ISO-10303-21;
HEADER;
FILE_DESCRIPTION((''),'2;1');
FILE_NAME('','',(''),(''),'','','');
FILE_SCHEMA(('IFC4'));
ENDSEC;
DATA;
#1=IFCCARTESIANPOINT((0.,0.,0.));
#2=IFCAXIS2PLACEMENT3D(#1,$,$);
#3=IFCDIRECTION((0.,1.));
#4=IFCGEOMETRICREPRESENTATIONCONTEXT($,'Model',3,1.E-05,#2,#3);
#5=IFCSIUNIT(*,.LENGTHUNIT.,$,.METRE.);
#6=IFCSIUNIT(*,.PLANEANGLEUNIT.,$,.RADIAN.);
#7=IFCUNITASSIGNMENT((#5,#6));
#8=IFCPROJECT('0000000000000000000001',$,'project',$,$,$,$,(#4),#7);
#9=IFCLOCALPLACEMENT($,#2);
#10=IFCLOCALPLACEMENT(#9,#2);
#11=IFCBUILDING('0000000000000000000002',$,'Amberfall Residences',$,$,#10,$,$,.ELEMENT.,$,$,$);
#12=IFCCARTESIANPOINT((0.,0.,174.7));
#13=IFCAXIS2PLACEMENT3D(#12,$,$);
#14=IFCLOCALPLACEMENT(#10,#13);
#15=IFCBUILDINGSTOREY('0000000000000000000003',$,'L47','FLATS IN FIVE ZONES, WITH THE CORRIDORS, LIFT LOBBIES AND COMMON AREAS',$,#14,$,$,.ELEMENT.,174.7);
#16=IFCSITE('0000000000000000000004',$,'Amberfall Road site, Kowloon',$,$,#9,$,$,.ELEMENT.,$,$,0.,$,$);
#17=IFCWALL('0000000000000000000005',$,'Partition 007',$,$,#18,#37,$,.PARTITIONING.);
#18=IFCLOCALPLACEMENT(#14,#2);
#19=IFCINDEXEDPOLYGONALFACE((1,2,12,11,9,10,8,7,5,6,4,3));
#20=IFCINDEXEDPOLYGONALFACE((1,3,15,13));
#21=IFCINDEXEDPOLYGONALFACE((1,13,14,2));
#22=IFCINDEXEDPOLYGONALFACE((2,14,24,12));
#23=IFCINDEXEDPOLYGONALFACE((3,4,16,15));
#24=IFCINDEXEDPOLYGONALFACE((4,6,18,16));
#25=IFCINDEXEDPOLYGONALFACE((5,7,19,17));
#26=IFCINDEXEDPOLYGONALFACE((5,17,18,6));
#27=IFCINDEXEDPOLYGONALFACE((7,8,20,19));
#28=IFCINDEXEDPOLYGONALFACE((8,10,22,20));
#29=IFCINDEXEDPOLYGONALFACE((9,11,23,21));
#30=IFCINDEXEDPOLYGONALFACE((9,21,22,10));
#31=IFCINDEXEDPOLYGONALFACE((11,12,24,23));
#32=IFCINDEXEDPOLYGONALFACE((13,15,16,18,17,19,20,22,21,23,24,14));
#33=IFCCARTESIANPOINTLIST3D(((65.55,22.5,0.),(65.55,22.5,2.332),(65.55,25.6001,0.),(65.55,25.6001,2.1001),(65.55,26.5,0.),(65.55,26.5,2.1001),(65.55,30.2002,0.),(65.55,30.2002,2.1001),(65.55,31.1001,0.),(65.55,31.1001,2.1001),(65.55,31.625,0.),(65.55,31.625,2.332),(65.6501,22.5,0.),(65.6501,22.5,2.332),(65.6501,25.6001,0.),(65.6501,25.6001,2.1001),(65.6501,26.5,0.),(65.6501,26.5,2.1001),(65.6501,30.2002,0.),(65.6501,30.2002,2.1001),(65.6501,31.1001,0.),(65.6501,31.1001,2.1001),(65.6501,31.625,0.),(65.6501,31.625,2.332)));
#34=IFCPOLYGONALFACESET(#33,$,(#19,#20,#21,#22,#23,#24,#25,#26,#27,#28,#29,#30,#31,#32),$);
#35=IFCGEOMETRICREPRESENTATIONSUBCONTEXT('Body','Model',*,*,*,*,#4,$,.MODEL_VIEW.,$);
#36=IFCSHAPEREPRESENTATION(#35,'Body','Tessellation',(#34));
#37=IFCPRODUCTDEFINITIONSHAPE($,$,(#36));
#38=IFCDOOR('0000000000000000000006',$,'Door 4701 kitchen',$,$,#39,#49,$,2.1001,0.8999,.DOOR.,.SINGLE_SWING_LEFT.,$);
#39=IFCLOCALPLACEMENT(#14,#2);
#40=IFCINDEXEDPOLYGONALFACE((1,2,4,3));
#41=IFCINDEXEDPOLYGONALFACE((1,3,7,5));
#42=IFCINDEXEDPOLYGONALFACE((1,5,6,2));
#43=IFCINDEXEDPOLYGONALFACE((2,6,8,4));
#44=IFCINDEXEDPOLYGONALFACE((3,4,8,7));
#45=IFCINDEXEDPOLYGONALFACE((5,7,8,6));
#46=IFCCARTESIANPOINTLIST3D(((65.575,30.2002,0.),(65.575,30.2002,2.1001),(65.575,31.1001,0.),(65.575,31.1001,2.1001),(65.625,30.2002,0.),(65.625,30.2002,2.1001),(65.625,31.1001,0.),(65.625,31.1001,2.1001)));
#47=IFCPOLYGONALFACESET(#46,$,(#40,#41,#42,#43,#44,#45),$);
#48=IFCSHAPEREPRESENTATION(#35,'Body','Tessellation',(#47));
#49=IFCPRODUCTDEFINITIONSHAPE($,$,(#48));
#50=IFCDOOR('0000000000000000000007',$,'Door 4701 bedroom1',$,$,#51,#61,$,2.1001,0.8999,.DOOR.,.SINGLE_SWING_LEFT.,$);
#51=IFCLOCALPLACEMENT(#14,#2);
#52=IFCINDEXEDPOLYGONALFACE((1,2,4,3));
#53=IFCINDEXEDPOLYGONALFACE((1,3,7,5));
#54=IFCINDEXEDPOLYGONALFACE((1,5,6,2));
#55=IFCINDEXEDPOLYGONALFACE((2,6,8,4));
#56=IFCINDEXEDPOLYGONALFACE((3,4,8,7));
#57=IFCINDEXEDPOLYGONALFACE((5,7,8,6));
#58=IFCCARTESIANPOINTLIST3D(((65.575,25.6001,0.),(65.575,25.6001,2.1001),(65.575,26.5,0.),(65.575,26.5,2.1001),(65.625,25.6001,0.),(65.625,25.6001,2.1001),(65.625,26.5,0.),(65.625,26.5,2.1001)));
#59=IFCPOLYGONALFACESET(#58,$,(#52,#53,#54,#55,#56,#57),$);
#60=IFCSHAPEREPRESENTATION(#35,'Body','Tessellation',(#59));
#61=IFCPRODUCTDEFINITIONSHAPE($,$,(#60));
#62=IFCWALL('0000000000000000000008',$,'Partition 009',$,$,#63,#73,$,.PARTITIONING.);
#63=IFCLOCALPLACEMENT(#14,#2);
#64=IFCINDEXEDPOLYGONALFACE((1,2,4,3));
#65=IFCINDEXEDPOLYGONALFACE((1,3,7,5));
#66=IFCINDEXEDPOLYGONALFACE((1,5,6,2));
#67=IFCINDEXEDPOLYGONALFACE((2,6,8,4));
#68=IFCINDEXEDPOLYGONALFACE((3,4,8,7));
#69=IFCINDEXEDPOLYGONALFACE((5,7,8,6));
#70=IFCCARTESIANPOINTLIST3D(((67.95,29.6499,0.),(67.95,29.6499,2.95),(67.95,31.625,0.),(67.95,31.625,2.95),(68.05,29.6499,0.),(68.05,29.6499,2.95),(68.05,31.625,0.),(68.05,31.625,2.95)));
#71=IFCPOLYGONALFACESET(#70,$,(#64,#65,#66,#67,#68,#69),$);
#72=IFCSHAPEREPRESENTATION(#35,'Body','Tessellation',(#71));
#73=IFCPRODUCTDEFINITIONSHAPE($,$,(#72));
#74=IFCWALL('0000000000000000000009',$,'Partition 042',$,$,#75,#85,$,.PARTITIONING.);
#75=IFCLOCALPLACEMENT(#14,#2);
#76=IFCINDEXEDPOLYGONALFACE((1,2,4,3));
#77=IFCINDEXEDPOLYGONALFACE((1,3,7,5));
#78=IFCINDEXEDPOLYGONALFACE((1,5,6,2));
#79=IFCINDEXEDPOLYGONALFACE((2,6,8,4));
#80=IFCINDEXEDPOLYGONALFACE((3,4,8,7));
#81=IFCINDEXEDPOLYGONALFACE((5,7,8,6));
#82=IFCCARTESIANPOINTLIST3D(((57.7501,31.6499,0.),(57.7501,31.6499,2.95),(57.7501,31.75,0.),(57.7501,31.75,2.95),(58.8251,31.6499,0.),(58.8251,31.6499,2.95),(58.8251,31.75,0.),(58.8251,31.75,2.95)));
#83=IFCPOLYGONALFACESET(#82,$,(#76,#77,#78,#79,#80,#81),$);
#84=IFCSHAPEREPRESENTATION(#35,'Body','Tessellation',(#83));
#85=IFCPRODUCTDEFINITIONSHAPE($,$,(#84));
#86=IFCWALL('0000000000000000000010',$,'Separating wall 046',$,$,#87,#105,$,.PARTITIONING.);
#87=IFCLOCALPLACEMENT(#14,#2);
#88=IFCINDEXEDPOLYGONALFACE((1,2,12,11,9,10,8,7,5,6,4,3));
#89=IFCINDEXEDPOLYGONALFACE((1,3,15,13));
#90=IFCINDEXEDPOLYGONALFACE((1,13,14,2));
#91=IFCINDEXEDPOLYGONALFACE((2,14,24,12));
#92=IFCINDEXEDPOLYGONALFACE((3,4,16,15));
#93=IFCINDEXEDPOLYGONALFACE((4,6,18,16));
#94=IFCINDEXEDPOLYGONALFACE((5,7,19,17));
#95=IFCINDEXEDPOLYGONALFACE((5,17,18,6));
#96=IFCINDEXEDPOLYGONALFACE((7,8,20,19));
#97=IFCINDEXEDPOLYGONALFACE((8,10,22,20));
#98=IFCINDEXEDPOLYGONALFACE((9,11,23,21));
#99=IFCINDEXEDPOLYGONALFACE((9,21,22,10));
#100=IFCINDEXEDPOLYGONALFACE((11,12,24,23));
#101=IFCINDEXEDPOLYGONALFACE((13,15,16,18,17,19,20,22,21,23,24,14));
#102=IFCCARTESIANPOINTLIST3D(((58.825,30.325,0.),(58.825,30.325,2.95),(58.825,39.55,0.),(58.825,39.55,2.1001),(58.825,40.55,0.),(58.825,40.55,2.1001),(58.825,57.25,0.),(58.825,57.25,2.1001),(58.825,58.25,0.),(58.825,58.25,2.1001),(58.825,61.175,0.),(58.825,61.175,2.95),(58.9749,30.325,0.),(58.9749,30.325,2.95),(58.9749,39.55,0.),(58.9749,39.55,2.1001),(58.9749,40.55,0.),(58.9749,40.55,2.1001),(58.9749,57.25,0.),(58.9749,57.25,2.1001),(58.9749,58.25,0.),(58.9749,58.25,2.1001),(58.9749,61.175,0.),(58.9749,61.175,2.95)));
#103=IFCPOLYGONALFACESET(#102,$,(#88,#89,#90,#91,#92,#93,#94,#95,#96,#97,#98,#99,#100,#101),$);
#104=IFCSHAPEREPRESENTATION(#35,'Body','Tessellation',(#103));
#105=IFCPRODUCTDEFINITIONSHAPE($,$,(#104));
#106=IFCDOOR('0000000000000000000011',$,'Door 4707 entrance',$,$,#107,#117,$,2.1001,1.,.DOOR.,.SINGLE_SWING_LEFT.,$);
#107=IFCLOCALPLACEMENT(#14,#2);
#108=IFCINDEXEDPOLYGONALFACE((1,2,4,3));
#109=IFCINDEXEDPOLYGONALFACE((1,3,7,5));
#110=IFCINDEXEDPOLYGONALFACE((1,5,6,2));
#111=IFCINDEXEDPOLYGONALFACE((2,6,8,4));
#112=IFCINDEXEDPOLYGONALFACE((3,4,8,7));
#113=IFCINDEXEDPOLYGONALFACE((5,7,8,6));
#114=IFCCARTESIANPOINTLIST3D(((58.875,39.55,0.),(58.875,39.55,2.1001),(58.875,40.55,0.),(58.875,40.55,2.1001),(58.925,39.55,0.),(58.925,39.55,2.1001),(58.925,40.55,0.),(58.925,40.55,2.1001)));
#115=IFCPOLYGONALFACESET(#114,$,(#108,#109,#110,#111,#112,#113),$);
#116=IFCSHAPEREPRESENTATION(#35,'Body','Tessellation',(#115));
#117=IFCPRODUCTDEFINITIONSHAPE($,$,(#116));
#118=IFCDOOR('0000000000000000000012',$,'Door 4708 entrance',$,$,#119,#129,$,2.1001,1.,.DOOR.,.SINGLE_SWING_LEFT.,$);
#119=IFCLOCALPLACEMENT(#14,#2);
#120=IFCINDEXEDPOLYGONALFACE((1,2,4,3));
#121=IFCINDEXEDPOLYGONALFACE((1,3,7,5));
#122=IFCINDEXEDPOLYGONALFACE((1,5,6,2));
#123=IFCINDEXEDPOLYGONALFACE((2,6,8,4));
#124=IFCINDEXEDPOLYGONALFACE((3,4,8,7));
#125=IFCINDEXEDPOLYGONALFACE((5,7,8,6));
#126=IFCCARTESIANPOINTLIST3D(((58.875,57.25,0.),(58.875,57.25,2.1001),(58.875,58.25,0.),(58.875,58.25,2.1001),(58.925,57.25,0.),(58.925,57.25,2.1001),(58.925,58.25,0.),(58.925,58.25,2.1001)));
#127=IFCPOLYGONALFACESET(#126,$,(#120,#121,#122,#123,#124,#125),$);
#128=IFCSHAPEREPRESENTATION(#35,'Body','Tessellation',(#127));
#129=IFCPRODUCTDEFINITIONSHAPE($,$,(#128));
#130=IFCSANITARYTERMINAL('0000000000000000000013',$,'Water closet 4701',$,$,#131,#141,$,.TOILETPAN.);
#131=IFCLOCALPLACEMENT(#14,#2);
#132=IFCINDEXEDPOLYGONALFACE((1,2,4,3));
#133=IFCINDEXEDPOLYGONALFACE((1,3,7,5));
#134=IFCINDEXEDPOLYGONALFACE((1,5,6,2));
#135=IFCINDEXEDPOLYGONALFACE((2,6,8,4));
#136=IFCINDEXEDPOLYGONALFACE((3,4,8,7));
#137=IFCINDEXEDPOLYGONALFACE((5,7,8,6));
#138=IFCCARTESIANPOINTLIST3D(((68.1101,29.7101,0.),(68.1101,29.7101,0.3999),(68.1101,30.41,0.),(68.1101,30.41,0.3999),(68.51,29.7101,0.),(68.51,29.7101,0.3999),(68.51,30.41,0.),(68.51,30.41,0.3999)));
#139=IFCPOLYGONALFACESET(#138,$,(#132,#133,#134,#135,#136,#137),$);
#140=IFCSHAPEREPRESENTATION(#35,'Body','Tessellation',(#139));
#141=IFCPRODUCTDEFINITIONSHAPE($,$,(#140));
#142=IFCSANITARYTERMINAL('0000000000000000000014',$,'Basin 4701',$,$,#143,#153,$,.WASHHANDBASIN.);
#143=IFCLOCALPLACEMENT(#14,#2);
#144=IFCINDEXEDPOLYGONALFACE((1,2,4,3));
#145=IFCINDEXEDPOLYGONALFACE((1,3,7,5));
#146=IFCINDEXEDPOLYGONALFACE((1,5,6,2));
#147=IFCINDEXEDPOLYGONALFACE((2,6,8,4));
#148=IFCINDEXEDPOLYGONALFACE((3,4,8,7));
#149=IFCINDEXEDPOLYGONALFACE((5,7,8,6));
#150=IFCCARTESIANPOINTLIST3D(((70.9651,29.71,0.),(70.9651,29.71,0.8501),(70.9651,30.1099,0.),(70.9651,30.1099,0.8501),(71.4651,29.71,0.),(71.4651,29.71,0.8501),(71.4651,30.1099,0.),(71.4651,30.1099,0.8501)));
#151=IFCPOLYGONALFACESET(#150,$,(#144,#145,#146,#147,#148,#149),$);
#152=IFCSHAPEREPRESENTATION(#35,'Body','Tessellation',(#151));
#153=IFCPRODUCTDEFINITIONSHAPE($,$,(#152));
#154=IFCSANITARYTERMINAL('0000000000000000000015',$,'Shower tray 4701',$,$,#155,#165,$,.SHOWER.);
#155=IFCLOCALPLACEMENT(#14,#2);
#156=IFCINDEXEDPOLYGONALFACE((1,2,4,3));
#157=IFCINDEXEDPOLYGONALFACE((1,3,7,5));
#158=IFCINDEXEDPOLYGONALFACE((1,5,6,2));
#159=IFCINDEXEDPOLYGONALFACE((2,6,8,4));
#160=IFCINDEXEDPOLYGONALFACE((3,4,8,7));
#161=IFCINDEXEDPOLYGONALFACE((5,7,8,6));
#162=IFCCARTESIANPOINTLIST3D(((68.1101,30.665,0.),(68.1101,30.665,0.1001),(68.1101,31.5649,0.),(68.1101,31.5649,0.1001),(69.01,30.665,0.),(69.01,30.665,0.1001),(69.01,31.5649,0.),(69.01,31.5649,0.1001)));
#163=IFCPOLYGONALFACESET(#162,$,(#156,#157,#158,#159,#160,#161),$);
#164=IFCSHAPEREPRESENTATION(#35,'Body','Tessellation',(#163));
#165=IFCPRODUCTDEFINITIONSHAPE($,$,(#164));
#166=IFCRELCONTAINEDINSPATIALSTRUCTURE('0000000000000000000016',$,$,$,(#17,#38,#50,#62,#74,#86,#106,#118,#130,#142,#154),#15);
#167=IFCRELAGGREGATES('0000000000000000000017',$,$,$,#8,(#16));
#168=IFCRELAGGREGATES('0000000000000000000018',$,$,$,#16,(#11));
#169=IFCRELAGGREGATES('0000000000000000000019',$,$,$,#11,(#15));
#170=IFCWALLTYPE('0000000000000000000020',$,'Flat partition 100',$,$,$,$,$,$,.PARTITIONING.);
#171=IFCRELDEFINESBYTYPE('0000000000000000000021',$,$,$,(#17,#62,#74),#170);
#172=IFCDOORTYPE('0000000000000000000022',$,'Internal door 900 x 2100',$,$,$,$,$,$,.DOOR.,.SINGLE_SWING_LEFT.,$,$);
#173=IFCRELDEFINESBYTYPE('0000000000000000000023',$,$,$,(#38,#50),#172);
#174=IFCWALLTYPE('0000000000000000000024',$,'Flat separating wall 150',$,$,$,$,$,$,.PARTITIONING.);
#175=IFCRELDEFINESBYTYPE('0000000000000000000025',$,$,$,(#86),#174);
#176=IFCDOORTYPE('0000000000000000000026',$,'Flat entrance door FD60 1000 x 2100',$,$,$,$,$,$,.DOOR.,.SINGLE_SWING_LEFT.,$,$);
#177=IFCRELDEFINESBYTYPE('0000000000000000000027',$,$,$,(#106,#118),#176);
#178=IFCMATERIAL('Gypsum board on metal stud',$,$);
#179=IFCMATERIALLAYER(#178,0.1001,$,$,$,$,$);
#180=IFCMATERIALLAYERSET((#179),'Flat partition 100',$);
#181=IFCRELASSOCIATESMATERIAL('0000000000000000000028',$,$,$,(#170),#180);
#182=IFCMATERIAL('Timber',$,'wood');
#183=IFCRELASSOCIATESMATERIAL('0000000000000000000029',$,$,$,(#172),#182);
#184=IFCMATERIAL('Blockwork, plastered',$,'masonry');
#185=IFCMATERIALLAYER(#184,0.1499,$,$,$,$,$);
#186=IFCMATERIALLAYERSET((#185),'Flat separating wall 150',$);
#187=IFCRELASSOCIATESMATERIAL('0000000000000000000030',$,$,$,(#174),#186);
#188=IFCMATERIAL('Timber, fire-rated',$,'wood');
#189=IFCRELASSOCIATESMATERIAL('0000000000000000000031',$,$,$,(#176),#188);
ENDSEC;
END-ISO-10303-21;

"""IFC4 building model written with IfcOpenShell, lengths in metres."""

from ifc_helpers import new_model, si_unit, direction, frame, frame_2d, origin, origin_2d, place, context, subcontext, project, spatial, rectangle, extrude, material, layer, layer_set, type_object, element, fill, save


model = new_model("IFC4")

# Units and contexts
model_context = context("Model", 3, precision=1e-05, world=origin(), true_north=direction((0.0, 1.0)))
body_context = subcontext(model_context, "Body", "Model", "MODEL_VIEW")
ifc_project = project(units=[si_unit("LENGTHUNIT", "METRE"), si_unit("PLANEANGLEUNIT", "RADIAN")], contexts=[model_context])

# Site, building, storey
site_placement = place(None, origin())
site = spatial("IfcSite", under=ifc_project, at=site_placement, Name="Amberfall Road site, Kowloon", CompositionType="ELEMENT", RefElevation=0.0)
building_placement = place(site_placement, origin())
building = spatial("IfcBuilding", under=site, at=building_placement, Name="Amberfall Residences", CompositionType="ELEMENT")
storey_placement = place(building_placement, frame((0.0, 0.0, 174.7)))
storey = spatial("IfcBuildingStorey", under=building, at=storey_placement, Name="L47", Description="FLATS IN FIVE ZONES, WITH THE CORRIDORS, LIFT LOBBIES AND COMMON AREAS", CompositionType="ELEMENT", Elevation=174.7)

# Wall, openings, doors
ifc_material_1 = material(Name="Gypsum board on metal stud")
ifc_layer_1 = layer(ifc_material_1, 0.1001)
ifc_layer_set_1 = layer_set([ifc_layer_1], Name="Flat partition 100")
wall_type_1 = type_object("IfcWallType", Name="Flat partition 100", PredefinedType="PARTITIONING", material=ifc_layer_set_1)
wall_1_placement = place(storey_placement, frame((65.6001, 31.625, 0.0), z_axis=(0.0, 0.0, 1.0), x_axis=(0.0, -1.0, 0.0)))
wall_1 = element("IfcWall", 1, at=wall_1_placement, inside=storey, type_object=wall_type_1, Name="Partition 007", PredefinedType="PARTITIONING", context=body_context, shape_type="SweptSolid", body=[
    extrude(rectangle(XDim=9.125, YDim=0.1001, at=frame_2d((4.5625, 0.0))), origin(), (0.0, 0.0, 1.0), 2.332),
])
opening_1_placement = place(wall_1_placement, frame((0.5249, 0.0, 0.0)))
opening_1 = element("IfcOpeningElement", 2, at=opening_1_placement, cuts=wall_1, PredefinedType="OPENING", context=body_context, shape_type="SweptSolid", body=[
    extrude(rectangle(XDim=0.8999, YDim=2.1001, at=frame_2d((0.45, 1.05))), frame((0.0, 0.0601, 0.0), z_axis=(0.0, -1.0, 0.0), x_axis=(1.0, 0.0, 0.0)), (0.0, 0.0, 1.0), 0.1201),
])
opening_2_placement = place(wall_1_placement, frame((5.125, 0.0, 0.0)))
opening_2 = element("IfcOpeningElement", 3, at=opening_2_placement, cuts=wall_1, PredefinedType="OPENING", context=body_context, shape_type="SweptSolid", body=[
    extrude(rectangle(XDim=0.8999, YDim=2.1001, at=frame_2d((0.45, 1.05))), frame((0.0, 0.0601, 0.0), z_axis=(0.0, -1.0, 0.0), x_axis=(1.0, 0.0, 0.0)), (0.0, 0.0, 1.0), 0.1201),
])
ifc_material_2 = material(Name="Timber", Category="wood")
door_type_1 = type_object("IfcDoorType", Name="Internal door 900 x 2100", OperationType="SINGLE_SWING_LEFT", PredefinedType="DOOR", material=ifc_material_2)
door_1_placement = place(opening_1_placement, origin())
door_1 = element("IfcDoor", 4, at=door_1_placement, inside=storey, type_object=door_type_1, Name="Door 4701 kitchen", OperationType="SINGLE_SWING_LEFT", OverallHeight=2.1001, OverallWidth=0.8999, PredefinedType="DOOR", context=body_context, shape_type="SweptSolid", body=[
    extrude(rectangle(XDim=0.8999, YDim=2.1001, at=frame_2d((0.45, 1.05))), frame((0.0, 0.0249, 0.0), z_axis=(0.0, -1.0, 0.0), x_axis=(1.0, 0.0, 0.0)), (0.0, 0.0, 1.0), 0.05),
])
fill(opening_1, door_1)
door_2_placement = place(opening_2_placement, origin())
door_2 = element("IfcDoor", 5, at=door_2_placement, inside=storey, type_object=door_type_1, Name="Door 4701 bedroom1", OperationType="SINGLE_SWING_LEFT", OverallHeight=2.1001, OverallWidth=0.8999, PredefinedType="DOOR", context=body_context, shape_type="SweptSolid", body=[
    extrude(rectangle(XDim=0.8999, YDim=2.1001, at=frame_2d((0.45, 1.05))), frame((0.0, 0.0249, 0.0), z_axis=(0.0, -1.0, 0.0), x_axis=(1.0, 0.0, 0.0)), (0.0, 0.0, 1.0), 0.05),
])
fill(opening_2, door_2)

# Walls
wall_2_placement = place(storey_placement, frame((68.0, 29.6499, 0.0), z_axis=(0.0, 0.0, 1.0), x_axis=(0.0, 1.0, 0.0)))
element("IfcWall", 6, at=wall_2_placement, inside=storey, type_object=wall_type_1, Name="Partition 009", PredefinedType="PARTITIONING", context=body_context, shape_type="SweptSolid", body=[
    extrude(rectangle(XDim=1.9751, YDim=0.1001, at=frame_2d((0.9875, 0.0))), origin(), (0.0, 0.0, 1.0), 2.95),
])
wall_3_placement = place(storey_placement, frame((57.75, 31.7, 0.0), z_axis=(0.0, 0.0, 1.0), x_axis=(1.0, 0.0, 0.0)))
element("IfcWall", 7, at=wall_3_placement, inside=storey, type_object=wall_type_1, Name="Partition 042", PredefinedType="PARTITIONING", context=body_context, shape_type="SweptSolid", body=[
    extrude(rectangle(XDim=1.075, YDim=0.1001, at=frame_2d((0.5376, 0.0))), origin(), (0.0, 0.0, 1.0), 2.95),
])

# Wall, openings, doors
ifc_material_3 = material(Name="Blockwork, plastered", Category="masonry")
ifc_layer_2 = layer(ifc_material_3, 0.1499)
ifc_layer_set_2 = layer_set([ifc_layer_2], Name="Flat separating wall 150")
wall_type_2 = type_object("IfcWallType", Name="Flat separating wall 150", PredefinedType="PARTITIONING", material=ifc_layer_set_2)
wall_4_placement = place(storey_placement, frame((58.8999, 30.325, 0.0), z_axis=(0.0, 0.0, 1.0), x_axis=(0.0, 1.0, 0.0)))
wall_4 = element("IfcWall", 8, at=wall_4_placement, inside=storey, type_object=wall_type_2, Name="Separating wall 046", PredefinedType="PARTITIONING", context=body_context, shape_type="SweptSolid", body=[
    extrude(rectangle(XDim=30.8501, YDim=0.1499, at=frame_2d((15.425, 0.0))), origin(), (0.0, 0.0, 1.0), 2.95),
])
opening_3_placement = place(wall_4_placement, frame((9.2251, 0.0, 0.0)))
opening_3 = element("IfcOpeningElement", 9, at=opening_3_placement, cuts=wall_4, PredefinedType="OPENING", context=body_context, shape_type="SweptSolid", body=[
    extrude(rectangle(XDim=1.0, YDim=2.1001, at=frame_2d((0.5, 1.05))), frame((0.0, 0.085, 0.0), z_axis=(0.0, -1.0, 0.0), x_axis=(1.0, 0.0, 0.0)), (0.0, 0.0, 1.0), 0.1699),
])
opening_4_placement = place(wall_4_placement, frame((26.925, 0.0, 0.0)))
opening_4 = element("IfcOpeningElement", 10, at=opening_4_placement, cuts=wall_4, PredefinedType="OPENING", context=body_context, shape_type="SweptSolid", body=[
    extrude(rectangle(XDim=1.0, YDim=2.1001, at=frame_2d((0.5, 1.05))), frame((0.0, 0.085, 0.0), z_axis=(0.0, -1.0, 0.0), x_axis=(1.0, 0.0, 0.0)), (0.0, 0.0, 1.0), 0.1699),
])
ifc_material_4 = material(Name="Timber, fire-rated", Category="wood")
door_type_2 = type_object("IfcDoorType", Name="Flat entrance door FD60 1000 x 2100", OperationType="SINGLE_SWING_LEFT", PredefinedType="DOOR", material=ifc_material_4)
door_3_placement = place(opening_3_placement, origin())
door_3 = element("IfcDoor", 11, at=door_3_placement, inside=storey, type_object=door_type_2, Name="Door 4707 entrance", OperationType="SINGLE_SWING_LEFT", OverallHeight=2.1001, OverallWidth=1.0, PredefinedType="DOOR", context=body_context, shape_type="SweptSolid", body=[
    extrude(rectangle(XDim=1.0, YDim=2.1001, at=frame_2d((0.5, 1.05))), frame((0.0, 0.0249, 0.0), z_axis=(0.0, -1.0, 0.0), x_axis=(1.0, 0.0, 0.0)), (0.0, 0.0, 1.0), 0.05),
])
fill(opening_3, door_3)
door_4_placement = place(opening_4_placement, origin())
door_4 = element("IfcDoor", 12, at=door_4_placement, inside=storey, type_object=door_type_2, Name="Door 4708 entrance", OperationType="SINGLE_SWING_LEFT", OverallHeight=2.1001, OverallWidth=1.0, PredefinedType="DOOR", context=body_context, shape_type="SweptSolid", body=[
    extrude(rectangle(XDim=1.0, YDim=2.1001, at=frame_2d((0.5, 1.05))), frame((0.0, 0.0249, 0.0), z_axis=(0.0, -1.0, 0.0), x_axis=(1.0, 0.0, 0.0)), (0.0, 0.0, 1.0), 0.05),
])
fill(opening_4, door_4)

# Sanitary terminals
sanitary_terminal_1_placement = place(storey_placement, frame((68.3101, 30.0601, 0.0), z_axis=(0.0, 0.0, 1.0), x_axis=(1.0, 0.0, 0.0)))
element("IfcSanitaryTerminal", 13, at=sanitary_terminal_1_placement, inside=storey, Name="Water closet 4701", PredefinedType="TOILETPAN", context=body_context, shape_type="SweptSolid", body=[
    extrude(rectangle(XDim=0.3999, YDim=0.7, at=origin_2d()), origin(), (0.0, 0.0, 1.0), 0.3999),
])
sanitary_terminal_2_placement = place(storey_placement, frame((71.2151, 29.9099, 0.0), z_axis=(0.0, 0.0, 1.0), x_axis=(1.0, 0.0, 0.0)))
element("IfcSanitaryTerminal", 14, at=sanitary_terminal_2_placement, inside=storey, Name="Basin 4701", PredefinedType="WASHHANDBASIN", context=body_context, shape_type="SweptSolid", body=[
    extrude(rectangle(XDim=0.5, YDim=0.3999, at=origin_2d()), origin(), (0.0, 0.0, 1.0), 0.8501),
])
sanitary_terminal_3_placement = place(storey_placement, frame((68.5601, 31.115, 0.0), z_axis=(0.0, 0.0, 1.0), x_axis=(1.0, 0.0, 0.0)))
element("IfcSanitaryTerminal", 15, at=sanitary_terminal_3_placement, inside=storey, Name="Shower tray 4701", PredefinedType="SHOWER", context=body_context, shape_type="SweptSolid", body=[
    extrude(rectangle(XDim=0.8999, YDim=0.8999, at=origin_2d()), origin(), (0.0, 0.0, 1.0), 0.1001),
])

save(model, "model.ifc")
